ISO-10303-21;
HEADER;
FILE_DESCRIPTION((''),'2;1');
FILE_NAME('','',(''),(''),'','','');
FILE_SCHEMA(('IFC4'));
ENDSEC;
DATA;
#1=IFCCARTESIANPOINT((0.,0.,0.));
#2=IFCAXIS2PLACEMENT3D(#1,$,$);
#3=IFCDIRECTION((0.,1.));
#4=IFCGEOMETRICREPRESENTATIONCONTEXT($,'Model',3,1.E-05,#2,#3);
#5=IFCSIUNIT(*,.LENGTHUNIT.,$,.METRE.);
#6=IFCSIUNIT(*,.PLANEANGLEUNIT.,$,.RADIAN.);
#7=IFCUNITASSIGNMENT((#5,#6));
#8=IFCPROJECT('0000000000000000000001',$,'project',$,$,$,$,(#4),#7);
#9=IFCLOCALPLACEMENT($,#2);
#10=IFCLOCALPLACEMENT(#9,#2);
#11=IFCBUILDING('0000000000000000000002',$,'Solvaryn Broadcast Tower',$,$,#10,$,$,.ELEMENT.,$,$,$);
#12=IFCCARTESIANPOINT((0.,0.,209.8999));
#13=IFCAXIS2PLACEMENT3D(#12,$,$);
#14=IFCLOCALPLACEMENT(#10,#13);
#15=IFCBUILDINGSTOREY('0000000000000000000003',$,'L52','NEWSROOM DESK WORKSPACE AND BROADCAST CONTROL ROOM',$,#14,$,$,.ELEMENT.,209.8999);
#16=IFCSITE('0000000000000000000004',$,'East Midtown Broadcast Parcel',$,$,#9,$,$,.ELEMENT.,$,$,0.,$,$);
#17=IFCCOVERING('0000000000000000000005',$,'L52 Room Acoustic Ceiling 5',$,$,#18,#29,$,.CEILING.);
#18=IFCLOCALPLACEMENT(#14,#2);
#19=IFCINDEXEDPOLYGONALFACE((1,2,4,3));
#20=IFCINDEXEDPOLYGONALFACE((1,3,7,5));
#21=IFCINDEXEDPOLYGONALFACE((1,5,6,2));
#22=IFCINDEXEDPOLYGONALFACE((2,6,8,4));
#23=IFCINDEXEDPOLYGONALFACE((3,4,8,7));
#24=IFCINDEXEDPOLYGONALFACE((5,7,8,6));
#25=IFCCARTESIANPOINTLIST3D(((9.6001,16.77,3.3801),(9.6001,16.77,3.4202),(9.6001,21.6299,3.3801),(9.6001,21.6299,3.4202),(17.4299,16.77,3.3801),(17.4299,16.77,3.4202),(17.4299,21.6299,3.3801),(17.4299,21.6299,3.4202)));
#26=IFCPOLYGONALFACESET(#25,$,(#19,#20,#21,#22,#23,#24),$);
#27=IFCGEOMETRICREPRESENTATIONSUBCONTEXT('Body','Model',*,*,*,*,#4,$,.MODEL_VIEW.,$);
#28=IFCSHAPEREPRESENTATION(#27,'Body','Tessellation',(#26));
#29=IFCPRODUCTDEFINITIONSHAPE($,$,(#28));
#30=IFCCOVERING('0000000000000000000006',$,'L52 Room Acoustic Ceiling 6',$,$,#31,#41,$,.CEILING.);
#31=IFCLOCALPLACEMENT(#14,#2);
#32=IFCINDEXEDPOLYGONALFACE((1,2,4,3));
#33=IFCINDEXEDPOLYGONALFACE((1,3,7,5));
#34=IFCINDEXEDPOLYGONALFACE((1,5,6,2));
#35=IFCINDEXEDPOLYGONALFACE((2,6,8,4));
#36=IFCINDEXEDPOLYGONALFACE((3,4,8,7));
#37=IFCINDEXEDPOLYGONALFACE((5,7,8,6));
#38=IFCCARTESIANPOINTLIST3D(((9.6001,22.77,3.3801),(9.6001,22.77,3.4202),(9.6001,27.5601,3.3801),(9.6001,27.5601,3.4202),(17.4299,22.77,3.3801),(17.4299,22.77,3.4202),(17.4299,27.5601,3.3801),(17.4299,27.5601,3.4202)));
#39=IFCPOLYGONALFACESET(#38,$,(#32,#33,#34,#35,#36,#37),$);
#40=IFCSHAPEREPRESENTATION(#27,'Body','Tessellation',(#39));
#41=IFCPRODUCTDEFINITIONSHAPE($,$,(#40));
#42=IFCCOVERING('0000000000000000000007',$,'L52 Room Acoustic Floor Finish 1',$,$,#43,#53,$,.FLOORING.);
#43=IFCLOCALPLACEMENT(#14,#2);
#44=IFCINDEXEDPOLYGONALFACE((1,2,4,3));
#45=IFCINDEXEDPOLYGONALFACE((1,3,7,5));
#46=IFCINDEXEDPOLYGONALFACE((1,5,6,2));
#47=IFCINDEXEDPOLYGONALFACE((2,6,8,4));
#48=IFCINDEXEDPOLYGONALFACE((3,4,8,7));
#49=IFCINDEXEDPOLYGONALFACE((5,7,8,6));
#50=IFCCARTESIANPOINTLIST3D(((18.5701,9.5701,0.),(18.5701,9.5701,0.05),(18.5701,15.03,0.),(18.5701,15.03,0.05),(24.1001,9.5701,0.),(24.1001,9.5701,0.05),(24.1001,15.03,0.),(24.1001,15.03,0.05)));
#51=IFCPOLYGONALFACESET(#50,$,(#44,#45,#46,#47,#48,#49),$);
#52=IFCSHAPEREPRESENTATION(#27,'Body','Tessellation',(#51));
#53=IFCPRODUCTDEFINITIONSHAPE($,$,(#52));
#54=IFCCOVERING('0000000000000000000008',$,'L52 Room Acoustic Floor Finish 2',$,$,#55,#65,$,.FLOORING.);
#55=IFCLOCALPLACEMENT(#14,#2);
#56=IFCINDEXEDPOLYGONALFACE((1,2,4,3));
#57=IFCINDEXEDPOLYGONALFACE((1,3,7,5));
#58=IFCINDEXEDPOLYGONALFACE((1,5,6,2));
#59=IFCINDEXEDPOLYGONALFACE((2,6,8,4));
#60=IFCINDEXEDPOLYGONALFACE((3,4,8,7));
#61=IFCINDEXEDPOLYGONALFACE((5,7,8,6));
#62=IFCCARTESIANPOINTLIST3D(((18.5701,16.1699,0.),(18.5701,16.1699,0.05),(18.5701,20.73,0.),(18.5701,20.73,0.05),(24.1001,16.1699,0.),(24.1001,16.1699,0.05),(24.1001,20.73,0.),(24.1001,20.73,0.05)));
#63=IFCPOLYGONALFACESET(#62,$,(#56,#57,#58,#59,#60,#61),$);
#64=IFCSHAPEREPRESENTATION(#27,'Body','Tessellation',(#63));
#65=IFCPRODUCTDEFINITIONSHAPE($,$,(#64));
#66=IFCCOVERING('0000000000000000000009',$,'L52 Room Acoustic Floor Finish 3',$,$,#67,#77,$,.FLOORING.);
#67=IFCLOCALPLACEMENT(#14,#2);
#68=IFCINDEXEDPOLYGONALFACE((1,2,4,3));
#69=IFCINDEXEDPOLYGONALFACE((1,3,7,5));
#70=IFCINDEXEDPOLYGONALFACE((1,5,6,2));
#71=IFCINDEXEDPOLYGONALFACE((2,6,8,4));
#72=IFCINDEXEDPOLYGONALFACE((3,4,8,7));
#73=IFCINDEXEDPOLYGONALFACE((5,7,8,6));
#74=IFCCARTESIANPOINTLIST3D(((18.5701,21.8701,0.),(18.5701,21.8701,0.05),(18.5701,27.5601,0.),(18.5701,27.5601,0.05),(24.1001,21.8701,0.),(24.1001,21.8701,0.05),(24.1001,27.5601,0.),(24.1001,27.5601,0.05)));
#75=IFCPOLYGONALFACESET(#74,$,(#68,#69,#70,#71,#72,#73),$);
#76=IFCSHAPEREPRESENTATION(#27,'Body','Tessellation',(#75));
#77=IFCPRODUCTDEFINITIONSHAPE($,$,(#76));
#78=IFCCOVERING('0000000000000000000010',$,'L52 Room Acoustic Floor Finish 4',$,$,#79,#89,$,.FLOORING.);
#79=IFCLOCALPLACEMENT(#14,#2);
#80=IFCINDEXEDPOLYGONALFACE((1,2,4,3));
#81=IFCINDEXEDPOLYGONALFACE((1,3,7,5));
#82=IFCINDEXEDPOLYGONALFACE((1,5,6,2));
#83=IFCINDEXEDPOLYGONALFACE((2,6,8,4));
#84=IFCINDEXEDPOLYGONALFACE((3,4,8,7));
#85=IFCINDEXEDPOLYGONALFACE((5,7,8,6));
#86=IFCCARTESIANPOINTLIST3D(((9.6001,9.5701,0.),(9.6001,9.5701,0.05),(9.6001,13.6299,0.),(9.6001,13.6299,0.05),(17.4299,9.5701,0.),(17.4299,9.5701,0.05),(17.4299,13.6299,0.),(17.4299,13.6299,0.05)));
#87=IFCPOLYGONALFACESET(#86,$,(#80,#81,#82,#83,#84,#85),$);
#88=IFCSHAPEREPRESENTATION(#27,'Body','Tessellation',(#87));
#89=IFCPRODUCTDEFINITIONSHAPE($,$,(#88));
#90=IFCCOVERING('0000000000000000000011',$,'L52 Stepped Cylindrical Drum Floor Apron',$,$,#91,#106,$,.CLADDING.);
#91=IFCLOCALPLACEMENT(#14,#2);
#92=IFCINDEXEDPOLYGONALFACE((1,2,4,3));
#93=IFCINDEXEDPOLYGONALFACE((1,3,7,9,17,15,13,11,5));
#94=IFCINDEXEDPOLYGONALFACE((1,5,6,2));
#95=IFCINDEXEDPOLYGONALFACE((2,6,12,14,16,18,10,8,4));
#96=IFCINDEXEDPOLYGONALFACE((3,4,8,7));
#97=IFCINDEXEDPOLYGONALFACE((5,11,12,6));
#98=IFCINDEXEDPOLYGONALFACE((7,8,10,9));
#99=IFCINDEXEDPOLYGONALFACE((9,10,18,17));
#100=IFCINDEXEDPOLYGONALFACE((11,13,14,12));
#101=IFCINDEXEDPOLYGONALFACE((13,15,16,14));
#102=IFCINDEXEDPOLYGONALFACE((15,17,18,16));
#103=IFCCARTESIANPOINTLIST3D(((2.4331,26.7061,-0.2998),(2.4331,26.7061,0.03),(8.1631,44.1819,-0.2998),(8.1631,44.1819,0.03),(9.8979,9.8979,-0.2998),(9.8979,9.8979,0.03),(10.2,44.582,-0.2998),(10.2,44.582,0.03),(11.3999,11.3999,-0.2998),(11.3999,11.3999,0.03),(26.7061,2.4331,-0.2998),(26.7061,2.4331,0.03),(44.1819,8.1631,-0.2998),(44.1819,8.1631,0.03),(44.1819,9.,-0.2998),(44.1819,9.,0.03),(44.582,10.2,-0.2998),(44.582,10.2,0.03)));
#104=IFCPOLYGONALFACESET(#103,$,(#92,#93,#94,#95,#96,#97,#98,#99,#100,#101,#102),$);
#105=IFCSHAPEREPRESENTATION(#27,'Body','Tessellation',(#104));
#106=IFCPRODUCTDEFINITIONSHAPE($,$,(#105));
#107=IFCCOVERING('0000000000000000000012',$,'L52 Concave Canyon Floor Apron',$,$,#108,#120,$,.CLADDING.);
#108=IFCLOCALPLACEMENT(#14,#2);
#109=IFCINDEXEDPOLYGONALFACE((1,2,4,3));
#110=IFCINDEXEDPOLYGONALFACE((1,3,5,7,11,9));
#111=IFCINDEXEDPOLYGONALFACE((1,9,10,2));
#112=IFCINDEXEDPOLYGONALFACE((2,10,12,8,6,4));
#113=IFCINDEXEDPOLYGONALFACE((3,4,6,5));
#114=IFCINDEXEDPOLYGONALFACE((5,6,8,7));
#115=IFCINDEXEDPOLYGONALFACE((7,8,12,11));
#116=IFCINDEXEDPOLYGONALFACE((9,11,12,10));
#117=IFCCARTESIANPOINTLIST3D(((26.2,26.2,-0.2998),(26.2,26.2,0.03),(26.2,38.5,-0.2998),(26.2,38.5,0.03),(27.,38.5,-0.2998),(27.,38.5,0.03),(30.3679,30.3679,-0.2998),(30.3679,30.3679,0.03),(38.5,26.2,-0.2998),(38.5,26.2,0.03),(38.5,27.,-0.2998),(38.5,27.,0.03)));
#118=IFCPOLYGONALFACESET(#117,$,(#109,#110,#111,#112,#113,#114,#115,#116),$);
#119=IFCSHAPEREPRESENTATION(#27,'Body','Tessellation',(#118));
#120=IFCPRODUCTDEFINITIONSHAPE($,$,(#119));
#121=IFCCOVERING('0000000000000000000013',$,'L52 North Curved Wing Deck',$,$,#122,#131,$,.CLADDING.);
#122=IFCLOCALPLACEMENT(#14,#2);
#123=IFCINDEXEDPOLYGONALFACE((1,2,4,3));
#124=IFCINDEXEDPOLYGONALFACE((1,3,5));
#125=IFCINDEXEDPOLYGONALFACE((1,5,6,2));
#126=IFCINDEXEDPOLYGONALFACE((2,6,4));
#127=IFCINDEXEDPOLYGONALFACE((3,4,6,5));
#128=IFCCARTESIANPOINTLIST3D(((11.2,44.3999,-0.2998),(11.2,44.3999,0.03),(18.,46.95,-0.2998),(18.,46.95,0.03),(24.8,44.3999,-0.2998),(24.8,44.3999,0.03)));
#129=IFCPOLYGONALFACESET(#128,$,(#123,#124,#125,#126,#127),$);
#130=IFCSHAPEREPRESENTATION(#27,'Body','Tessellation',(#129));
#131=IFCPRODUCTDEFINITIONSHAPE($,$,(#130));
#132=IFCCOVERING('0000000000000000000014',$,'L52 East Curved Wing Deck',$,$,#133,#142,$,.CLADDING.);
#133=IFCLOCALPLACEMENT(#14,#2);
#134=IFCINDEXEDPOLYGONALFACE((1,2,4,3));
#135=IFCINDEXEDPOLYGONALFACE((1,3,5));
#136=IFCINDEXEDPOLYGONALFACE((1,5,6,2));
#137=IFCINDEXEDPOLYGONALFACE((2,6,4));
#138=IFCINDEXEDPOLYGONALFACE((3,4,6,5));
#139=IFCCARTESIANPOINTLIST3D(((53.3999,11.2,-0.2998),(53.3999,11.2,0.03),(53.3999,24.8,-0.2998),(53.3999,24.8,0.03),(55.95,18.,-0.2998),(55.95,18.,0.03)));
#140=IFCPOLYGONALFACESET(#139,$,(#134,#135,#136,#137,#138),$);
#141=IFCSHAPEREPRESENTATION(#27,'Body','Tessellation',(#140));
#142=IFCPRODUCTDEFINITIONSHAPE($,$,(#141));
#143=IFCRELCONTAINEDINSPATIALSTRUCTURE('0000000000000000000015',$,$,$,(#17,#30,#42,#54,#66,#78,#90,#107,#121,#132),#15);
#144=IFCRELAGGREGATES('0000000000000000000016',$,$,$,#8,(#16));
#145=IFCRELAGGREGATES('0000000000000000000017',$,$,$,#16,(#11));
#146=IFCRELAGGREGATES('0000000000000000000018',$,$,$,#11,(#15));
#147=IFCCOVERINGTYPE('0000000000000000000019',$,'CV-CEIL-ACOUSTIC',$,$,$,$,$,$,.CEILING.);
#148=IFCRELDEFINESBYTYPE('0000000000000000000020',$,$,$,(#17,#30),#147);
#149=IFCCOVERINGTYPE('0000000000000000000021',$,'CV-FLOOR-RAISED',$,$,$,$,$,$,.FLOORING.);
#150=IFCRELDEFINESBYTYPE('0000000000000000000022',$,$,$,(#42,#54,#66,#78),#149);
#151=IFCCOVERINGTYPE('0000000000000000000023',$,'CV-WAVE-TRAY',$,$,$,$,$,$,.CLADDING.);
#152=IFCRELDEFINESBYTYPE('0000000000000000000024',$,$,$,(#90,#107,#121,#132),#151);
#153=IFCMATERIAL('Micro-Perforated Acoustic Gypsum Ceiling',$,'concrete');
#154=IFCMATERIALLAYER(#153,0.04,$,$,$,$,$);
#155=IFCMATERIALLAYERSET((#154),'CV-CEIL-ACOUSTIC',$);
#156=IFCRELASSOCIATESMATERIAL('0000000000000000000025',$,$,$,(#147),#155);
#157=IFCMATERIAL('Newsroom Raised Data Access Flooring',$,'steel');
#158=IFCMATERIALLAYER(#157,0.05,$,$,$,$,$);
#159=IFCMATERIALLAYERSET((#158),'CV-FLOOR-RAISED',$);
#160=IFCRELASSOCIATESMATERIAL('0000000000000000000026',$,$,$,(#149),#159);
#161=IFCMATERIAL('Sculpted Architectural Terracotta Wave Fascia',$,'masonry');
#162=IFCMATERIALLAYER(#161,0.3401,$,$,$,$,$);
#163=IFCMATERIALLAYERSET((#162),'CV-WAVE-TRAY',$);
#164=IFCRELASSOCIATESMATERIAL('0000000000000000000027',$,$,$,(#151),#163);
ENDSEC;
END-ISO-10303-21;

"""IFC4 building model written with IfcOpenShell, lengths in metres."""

from ifc_helpers import new_model, si_unit, direction, frame, origin, place, context, subcontext, project, spatial, polyline, outline, extrude, material, layer, layer_set, type_object, element, save


model = new_model("IFC4")

# Units and contexts
model_context = context("Model", 3, precision=1e-05, world=origin(), true_north=direction((0.0, 1.0)))
body_context = subcontext(model_context, "Body", "Model", "MODEL_VIEW")
ifc_project = project(units=[si_unit("LENGTHUNIT", "METRE"), si_unit("PLANEANGLEUNIT", "RADIAN")], contexts=[model_context])

# Site, building, storey
site_placement = place(None, origin())
site = spatial("IfcSite", under=ifc_project, at=site_placement, Name="East Midtown Broadcast Parcel", CompositionType="ELEMENT", RefElevation=0.0)
building_placement = place(site_placement, origin())
building = spatial("IfcBuilding", under=site, at=building_placement, Name="Solvaryn Broadcast Tower", CompositionType="ELEMENT")
storey_placement = place(building_placement, frame((0.0, 0.0, 209.8999)))
storey = spatial("IfcBuildingStorey", under=building, at=storey_placement, Name="L52", Description="NEWSROOM DESK WORKSPACE AND BROADCAST CONTROL ROOM", CompositionType="ELEMENT", Elevation=209.8999)

# Coverings
ifc_material_1 = material(Name="Micro-Perforated Acoustic Gypsum Ceiling", Category="concrete")
ifc_layer_1 = layer(ifc_material_1, 0.04)
ifc_layer_set_1 = layer_set([ifc_layer_1], Name="CV-CEIL-ACOUSTIC")
covering_type_1 = type_object("IfcCoveringType", Name="CV-CEIL-ACOUSTIC", PredefinedType="CEILING", material=ifc_layer_set_1)
covering_1_placement = place(storey_placement, frame((0.0, 0.0, 3.3801)))
element("IfcCovering", 1, at=covering_1_placement, inside=storey, type_object=covering_type_1, Name="L52 Room Acoustic Ceiling 5", PredefinedType="CEILING", context=body_context, shape_type="SweptSolid", body=[
    extrude(outline(polyline([(9.6001, 16.77), (17.4299, 16.77), (17.4299, 21.6299), (9.6001, 21.6299), (9.6001, 16.77)])), origin(), (0.0, 0.0, 1.0), 0.04),
])
covering_2_placement = place(storey_placement, frame((0.0, 0.0, 3.3801)))
element("IfcCovering", 2, at=covering_2_placement, inside=storey, type_object=covering_type_1, Name="L52 Room Acoustic Ceiling 6", PredefinedType="CEILING", context=body_context, shape_type="SweptSolid", body=[
    extrude(outline(polyline([(9.6001, 22.77), (17.4299, 22.77), (17.4299, 27.5601), (9.6001, 27.5601), (9.6001, 22.77)])), origin(), (0.0, 0.0, 1.0), 0.04),
])
ifc_material_2 = material(Name="Newsroom Raised Data Access Flooring", Category="steel")
ifc_layer_2 = layer(ifc_material_2, 0.05)
ifc_layer_set_2 = layer_set([ifc_layer_2], Name="CV-FLOOR-RAISED")
covering_type_2 = type_object("IfcCoveringType", Name="CV-FLOOR-RAISED", PredefinedType="FLOORING", material=ifc_layer_set_2)
covering_3_placement = place(storey_placement, origin())
element("IfcCovering", 3, at=covering_3_placement, inside=storey, type_object=covering_type_2, Name="L52 Room Acoustic Floor Finish 1", PredefinedType="FLOORING", context=body_context, shape_type="SweptSolid", body=[
    extrude(outline(polyline([(18.5701, 9.5701), (24.1001, 9.5701), (24.1001, 15.03), (18.5701, 15.03), (18.5701, 9.5701)])), origin(), (0.0, 0.0, 1.0), 0.05),
])
covering_4_placement = place(storey_placement, origin())
element("IfcCovering", 4, at=covering_4_placement, inside=storey, type_object=covering_type_2, Name="L52 Room Acoustic Floor Finish 2", PredefinedType="FLOORING", context=body_context, shape_type="SweptSolid", body=[
    extrude(outline(polyline([(18.5701, 16.1699), (24.1001, 16.1699), (24.1001, 20.73), (18.5701, 20.73), (18.5701, 16.1699)])), origin(), (0.0, 0.0, 1.0), 0.05),
])
covering_5_placement = place(storey_placement, origin())
element("IfcCovering", 5, at=covering_5_placement, inside=storey, type_object=covering_type_2, Name="L52 Room Acoustic Floor Finish 3", PredefinedType="FLOORING", context=body_context, shape_type="SweptSolid", body=[
    extrude(outline(polyline([(18.5701, 21.8701), (24.1001, 21.8701), (24.1001, 27.5601), (18.5701, 27.5601), (18.5701, 21.8701)])), origin(), (0.0, 0.0, 1.0), 0.05),
])
covering_6_placement = place(storey_placement, origin())
element("IfcCovering", 6, at=covering_6_placement, inside=storey, type_object=covering_type_2, Name="L52 Room Acoustic Floor Finish 4", PredefinedType="FLOORING", context=body_context, shape_type="SweptSolid", body=[
    extrude(outline(polyline([(9.6001, 9.5701), (17.4299, 9.5701), (17.4299, 13.6299), (9.6001, 13.6299), (9.6001, 9.5701)])), origin(), (0.0, 0.0, 1.0), 0.05),
])
ifc_material_3 = material(Name="Sculpted Architectural Terracotta Wave Fascia", Category="masonry")
ifc_layer_3 = layer(ifc_material_3, 0.3401)
ifc_layer_set_3 = layer_set([ifc_layer_3], Name="CV-WAVE-TRAY")
covering_type_3 = type_object("IfcCoveringType", Name="CV-WAVE-TRAY", PredefinedType="CLADDING", material=ifc_layer_set_3)
covering_7_placement = place(storey_placement, frame((0.0, 0.0, -0.2998)))
element("IfcCovering", 7, at=covering_7_placement, inside=storey, type_object=covering_type_3, Name="L52 Stepped Cylindrical Drum Floor Apron", PredefinedType="CLADDING", context=body_context, shape_type="SweptSolid", body=[
    extrude(outline(polyline([(10.2, 44.582), (8.1631, 44.1819), (2.4331, 26.7061), (9.8979, 9.8979), (26.7061, 2.4331), (44.1819, 8.1631), (44.1819, 9.0), (44.582, 10.2), (11.3999, 11.3999), (10.2, 44.582)])), origin(), (0.0, 0.0, 1.0), 0.3298),
])
covering_8_placement = place(storey_placement, frame((0.0, 0.0, -0.2998)))
element("IfcCovering", 8, at=covering_8_placement, inside=storey, type_object=covering_type_3, Name="L52 Concave Canyon Floor Apron", PredefinedType="CLADDING", context=body_context, shape_type="SweptSolid", body=[
    extrude(outline(polyline([(26.2, 26.2), (38.5, 26.2), (38.5, 27.0), (30.3679, 30.3679), (27.0, 38.5), (26.2, 38.5), (26.2, 26.2)])), origin(), (0.0, 0.0, 1.0), 0.3298),
])
covering_9_placement = place(storey_placement, frame((0.0, 0.0, -0.2998)))
element("IfcCovering", 9, at=covering_9_placement, inside=storey, type_object=covering_type_3, Name="L52 North Curved Wing Deck", PredefinedType="CLADDING", context=body_context, shape_type="SweptSolid", body=[
    extrude(outline(polyline([(11.2, 44.3999), (24.8, 44.3999), (18.0, 46.95), (11.2, 44.3999)])), origin(), (0.0, 0.0, 1.0), 0.3298),
])
covering_10_placement = place(storey_placement, frame((0.0, 0.0, -0.2998)))
element("IfcCovering", 10, at=covering_10_placement, inside=storey, type_object=covering_type_3, Name="L52 East Curved Wing Deck", PredefinedType="CLADDING", context=body_context, shape_type="SweptSolid", body=[
    extrude(outline(polyline([(53.3999, 11.2), (55.95, 18.0), (53.3999, 24.8), (53.3999, 11.2)])), origin(), (0.0, 0.0, 1.0), 0.3298),
])

save(model, "model.ifc")
